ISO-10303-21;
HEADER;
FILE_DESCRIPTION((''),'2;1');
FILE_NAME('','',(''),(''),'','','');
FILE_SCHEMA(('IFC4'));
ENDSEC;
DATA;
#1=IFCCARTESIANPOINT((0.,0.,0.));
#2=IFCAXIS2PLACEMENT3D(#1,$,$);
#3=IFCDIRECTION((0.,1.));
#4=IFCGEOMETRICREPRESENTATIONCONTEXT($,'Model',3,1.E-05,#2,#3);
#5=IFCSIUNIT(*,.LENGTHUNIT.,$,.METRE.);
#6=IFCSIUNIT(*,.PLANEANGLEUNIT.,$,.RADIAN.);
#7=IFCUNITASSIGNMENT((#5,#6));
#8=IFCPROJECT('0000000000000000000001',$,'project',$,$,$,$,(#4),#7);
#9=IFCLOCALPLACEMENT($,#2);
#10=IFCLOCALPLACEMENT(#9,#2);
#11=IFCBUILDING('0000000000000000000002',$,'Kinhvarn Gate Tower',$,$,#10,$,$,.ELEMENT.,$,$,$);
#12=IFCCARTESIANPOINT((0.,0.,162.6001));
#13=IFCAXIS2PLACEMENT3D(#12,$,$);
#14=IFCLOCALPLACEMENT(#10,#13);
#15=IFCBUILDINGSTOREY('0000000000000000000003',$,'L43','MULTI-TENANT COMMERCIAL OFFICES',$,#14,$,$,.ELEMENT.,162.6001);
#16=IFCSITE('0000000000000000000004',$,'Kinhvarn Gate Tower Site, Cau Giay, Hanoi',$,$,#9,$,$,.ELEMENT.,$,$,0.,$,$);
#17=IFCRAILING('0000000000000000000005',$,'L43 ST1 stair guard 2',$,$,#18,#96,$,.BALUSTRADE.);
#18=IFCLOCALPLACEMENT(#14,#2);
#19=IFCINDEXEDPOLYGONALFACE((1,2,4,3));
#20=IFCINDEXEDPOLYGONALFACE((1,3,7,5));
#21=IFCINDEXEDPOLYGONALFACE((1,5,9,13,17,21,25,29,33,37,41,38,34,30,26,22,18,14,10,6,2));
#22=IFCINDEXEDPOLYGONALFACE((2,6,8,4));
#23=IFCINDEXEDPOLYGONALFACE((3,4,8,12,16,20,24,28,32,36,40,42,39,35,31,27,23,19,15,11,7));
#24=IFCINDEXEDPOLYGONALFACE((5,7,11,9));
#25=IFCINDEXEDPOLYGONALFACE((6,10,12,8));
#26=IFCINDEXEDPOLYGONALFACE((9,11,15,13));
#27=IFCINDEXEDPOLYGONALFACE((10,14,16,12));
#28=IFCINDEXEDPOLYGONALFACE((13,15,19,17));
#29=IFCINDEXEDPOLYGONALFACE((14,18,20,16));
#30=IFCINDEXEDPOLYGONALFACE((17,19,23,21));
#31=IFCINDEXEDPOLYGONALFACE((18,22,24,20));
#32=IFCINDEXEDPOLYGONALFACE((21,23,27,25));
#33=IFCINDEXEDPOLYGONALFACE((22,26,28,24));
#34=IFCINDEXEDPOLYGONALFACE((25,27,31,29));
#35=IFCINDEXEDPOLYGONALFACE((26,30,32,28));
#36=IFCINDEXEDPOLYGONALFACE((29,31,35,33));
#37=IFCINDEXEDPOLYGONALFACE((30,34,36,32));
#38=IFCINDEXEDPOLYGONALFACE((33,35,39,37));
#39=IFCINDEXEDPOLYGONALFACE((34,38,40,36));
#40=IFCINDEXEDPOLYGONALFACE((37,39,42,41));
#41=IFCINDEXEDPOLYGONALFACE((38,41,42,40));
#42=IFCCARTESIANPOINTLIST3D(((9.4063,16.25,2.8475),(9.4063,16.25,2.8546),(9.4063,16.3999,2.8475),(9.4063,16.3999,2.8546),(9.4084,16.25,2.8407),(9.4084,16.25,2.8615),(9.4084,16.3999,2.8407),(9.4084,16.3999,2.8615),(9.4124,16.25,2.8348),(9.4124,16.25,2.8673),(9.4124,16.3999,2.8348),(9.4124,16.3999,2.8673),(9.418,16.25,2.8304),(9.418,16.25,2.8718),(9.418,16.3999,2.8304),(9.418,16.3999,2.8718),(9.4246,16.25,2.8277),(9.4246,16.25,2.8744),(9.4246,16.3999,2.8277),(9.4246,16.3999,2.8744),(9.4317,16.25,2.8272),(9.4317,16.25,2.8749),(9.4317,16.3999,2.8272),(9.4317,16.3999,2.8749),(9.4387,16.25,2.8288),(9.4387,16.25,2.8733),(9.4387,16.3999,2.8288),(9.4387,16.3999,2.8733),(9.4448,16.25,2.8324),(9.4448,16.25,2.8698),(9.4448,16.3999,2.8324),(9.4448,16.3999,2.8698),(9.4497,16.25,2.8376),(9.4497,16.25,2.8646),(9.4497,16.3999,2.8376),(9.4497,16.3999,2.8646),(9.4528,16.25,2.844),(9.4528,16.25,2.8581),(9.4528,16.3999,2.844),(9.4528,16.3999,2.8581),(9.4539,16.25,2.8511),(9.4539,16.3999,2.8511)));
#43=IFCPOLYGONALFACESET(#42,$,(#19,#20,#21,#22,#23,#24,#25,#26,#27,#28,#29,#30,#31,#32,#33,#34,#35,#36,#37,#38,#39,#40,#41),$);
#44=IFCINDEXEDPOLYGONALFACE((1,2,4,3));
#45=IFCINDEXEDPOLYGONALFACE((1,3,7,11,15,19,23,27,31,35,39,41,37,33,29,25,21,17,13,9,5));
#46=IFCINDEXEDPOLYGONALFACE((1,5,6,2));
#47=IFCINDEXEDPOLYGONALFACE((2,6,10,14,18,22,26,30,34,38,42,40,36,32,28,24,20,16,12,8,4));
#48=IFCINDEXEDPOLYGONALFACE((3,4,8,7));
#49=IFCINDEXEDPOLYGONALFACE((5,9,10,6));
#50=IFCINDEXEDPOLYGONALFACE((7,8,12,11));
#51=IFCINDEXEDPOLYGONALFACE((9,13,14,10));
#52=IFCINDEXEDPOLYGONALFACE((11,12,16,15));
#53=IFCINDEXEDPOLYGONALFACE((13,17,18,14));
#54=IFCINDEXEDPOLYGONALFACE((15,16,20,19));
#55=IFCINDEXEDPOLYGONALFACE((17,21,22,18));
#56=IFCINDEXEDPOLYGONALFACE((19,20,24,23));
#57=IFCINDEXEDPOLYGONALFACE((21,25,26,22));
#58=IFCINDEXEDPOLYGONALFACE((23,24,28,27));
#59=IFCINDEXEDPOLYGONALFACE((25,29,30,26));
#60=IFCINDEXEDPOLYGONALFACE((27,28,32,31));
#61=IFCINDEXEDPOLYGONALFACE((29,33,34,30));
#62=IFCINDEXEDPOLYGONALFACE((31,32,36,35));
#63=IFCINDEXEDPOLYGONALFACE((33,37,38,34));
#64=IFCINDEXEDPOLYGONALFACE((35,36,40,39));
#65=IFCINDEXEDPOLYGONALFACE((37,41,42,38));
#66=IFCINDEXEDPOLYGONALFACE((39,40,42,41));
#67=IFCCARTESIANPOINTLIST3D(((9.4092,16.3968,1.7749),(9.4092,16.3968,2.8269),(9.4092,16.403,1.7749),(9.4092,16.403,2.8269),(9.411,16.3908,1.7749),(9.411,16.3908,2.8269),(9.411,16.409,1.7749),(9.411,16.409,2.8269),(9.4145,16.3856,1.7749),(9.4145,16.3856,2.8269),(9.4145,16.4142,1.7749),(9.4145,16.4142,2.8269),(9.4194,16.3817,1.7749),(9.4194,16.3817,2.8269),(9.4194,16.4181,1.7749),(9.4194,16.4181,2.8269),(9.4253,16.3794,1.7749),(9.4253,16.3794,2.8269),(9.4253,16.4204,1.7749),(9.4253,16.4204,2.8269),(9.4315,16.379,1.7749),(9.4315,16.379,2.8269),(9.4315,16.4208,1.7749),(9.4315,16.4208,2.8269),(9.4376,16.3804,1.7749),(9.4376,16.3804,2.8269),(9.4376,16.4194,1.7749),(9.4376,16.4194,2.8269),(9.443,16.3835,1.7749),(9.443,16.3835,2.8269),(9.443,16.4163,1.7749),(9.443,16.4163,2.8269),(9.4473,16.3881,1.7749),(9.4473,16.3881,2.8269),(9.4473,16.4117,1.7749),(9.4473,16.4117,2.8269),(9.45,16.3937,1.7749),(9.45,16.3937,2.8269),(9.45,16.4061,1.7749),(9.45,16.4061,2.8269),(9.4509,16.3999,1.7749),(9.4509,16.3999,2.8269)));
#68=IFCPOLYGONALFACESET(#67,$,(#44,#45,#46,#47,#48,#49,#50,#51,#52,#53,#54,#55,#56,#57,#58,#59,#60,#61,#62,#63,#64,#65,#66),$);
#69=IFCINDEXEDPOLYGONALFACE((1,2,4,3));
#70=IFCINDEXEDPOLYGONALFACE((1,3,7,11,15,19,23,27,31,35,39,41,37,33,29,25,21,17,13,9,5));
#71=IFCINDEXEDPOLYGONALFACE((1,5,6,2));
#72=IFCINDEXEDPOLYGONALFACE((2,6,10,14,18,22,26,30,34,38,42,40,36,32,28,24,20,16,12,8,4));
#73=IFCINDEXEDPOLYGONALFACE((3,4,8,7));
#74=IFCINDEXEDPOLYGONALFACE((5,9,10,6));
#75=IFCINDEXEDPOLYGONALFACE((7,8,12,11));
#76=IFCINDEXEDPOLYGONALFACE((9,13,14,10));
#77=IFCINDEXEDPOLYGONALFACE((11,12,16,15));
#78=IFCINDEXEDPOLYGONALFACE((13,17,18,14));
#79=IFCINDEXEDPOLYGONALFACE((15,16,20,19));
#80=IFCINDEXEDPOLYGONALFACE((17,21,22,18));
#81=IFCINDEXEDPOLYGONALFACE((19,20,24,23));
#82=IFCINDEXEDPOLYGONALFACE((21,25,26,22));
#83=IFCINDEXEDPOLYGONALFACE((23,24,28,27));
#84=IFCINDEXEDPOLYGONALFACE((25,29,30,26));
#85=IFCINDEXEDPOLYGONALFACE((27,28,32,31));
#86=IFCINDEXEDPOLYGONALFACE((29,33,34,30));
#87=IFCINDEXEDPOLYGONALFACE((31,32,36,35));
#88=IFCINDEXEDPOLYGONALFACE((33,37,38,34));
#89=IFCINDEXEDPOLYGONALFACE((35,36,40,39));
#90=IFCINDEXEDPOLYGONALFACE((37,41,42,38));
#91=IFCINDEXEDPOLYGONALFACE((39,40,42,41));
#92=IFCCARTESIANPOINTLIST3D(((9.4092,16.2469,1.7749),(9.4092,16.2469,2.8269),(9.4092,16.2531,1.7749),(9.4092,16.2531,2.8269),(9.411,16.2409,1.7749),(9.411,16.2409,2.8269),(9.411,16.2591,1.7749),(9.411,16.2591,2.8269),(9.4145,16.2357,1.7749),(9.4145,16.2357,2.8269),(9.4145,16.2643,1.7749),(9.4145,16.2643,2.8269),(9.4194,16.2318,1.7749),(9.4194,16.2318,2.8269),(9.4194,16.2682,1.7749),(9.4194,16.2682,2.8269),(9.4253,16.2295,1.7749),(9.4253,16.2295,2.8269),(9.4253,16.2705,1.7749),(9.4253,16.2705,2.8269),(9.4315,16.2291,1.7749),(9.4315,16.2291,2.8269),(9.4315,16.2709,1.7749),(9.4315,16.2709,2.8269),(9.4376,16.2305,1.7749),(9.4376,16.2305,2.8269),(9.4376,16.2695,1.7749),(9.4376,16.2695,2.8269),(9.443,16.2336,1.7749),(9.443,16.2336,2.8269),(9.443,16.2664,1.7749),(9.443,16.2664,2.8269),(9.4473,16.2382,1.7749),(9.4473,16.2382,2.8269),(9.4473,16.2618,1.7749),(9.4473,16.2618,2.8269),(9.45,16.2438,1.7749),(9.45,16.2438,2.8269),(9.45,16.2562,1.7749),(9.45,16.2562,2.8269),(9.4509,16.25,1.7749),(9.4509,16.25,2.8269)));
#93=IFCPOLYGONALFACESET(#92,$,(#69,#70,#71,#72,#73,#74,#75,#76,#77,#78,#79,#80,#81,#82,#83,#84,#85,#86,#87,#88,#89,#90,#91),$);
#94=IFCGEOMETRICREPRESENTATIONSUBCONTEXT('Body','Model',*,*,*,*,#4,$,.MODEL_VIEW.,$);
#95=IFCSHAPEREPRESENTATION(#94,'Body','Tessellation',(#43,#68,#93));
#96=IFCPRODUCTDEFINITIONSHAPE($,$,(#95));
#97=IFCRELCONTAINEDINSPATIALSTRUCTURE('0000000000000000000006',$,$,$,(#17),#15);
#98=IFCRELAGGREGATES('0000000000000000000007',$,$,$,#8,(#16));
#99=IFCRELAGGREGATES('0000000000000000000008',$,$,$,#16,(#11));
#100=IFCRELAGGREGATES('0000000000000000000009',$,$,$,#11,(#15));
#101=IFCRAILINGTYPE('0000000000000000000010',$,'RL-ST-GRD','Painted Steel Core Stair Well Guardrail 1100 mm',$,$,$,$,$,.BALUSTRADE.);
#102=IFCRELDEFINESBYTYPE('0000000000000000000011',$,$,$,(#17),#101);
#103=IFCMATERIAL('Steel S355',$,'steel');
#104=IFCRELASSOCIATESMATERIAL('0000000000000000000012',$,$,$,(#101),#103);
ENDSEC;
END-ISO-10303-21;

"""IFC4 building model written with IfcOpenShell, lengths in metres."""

from ifc_helpers import new_model, si_unit, direction, frame, origin, origin_2d, place, context, subcontext, project, spatial, circle, extrude, material, type_object, element, save


model = new_model("IFC4")

# Units and contexts
model_context = context("Model", 3, precision=1e-05, world=origin(), true_north=direction((0.0, 1.0)))
body_context = subcontext(model_context, "Body", "Model", "MODEL_VIEW")
ifc_project = project(units=[si_unit("LENGTHUNIT", "METRE"), si_unit("PLANEANGLEUNIT", "RADIAN")], contexts=[model_context])

# Site, building, storey
site_placement = place(None, origin())
site = spatial("IfcSite", under=ifc_project, at=site_placement, Name="Kinhvarn Gate Tower Site, Cau Giay, Hanoi", CompositionType="ELEMENT", RefElevation=0.0)
building_placement = place(site_placement, origin())
building = spatial("IfcBuilding", under=site, at=building_placement, Name="Kinhvarn Gate Tower", CompositionType="ELEMENT")
storey_placement = place(building_placement, frame((0.0, 0.0, 162.6001)))
storey = spatial("IfcBuildingStorey", under=building, at=storey_placement, Name="L43", Description="MULTI-TENANT COMMERCIAL OFFICES", CompositionType="ELEMENT", Elevation=162.6001)

# Shared definitions
ifc_material_1 = material(Name="Steel S355", Category="steel")

# Railing
railing_type_1 = type_object("IfcRailingType", Name="RL-ST-GRD", Description="Painted Steel Core Stair Well Guardrail 1100 mm", PredefinedType="BALUSTRADE", material=ifc_material_1)
railing_1_placement = place(storey_placement, frame((9.4299, 16.3999, 1.7749)))
element("IfcRailing", 1, at=railing_1_placement, inside=storey, type_object=railing_type_1, Name="L43 ST1 stair guard 2", PredefinedType="BALUSTRADE", context=body_context, shape_type="SweptSolid", body=[
    extrude(circle(Radius=0.0239, at=origin_2d()), frame((0.0, 0.0, 1.0762), z_axis=(0.0, -1.0, 0.0), x_axis=(1.0, 0.0, 0.0)), (0.0, 0.0, 1.0), 0.1499),
    extrude(circle(Radius=0.021, at=origin_2d()), origin(), (0.0, 0.0, 1.0), 1.052),
    extrude(circle(Radius=0.021, at=origin_2d()), frame((0.0, -0.1499, 0.0)), (0.0, 0.0, 1.0), 1.052),
])

save(model, "model.ifc")
